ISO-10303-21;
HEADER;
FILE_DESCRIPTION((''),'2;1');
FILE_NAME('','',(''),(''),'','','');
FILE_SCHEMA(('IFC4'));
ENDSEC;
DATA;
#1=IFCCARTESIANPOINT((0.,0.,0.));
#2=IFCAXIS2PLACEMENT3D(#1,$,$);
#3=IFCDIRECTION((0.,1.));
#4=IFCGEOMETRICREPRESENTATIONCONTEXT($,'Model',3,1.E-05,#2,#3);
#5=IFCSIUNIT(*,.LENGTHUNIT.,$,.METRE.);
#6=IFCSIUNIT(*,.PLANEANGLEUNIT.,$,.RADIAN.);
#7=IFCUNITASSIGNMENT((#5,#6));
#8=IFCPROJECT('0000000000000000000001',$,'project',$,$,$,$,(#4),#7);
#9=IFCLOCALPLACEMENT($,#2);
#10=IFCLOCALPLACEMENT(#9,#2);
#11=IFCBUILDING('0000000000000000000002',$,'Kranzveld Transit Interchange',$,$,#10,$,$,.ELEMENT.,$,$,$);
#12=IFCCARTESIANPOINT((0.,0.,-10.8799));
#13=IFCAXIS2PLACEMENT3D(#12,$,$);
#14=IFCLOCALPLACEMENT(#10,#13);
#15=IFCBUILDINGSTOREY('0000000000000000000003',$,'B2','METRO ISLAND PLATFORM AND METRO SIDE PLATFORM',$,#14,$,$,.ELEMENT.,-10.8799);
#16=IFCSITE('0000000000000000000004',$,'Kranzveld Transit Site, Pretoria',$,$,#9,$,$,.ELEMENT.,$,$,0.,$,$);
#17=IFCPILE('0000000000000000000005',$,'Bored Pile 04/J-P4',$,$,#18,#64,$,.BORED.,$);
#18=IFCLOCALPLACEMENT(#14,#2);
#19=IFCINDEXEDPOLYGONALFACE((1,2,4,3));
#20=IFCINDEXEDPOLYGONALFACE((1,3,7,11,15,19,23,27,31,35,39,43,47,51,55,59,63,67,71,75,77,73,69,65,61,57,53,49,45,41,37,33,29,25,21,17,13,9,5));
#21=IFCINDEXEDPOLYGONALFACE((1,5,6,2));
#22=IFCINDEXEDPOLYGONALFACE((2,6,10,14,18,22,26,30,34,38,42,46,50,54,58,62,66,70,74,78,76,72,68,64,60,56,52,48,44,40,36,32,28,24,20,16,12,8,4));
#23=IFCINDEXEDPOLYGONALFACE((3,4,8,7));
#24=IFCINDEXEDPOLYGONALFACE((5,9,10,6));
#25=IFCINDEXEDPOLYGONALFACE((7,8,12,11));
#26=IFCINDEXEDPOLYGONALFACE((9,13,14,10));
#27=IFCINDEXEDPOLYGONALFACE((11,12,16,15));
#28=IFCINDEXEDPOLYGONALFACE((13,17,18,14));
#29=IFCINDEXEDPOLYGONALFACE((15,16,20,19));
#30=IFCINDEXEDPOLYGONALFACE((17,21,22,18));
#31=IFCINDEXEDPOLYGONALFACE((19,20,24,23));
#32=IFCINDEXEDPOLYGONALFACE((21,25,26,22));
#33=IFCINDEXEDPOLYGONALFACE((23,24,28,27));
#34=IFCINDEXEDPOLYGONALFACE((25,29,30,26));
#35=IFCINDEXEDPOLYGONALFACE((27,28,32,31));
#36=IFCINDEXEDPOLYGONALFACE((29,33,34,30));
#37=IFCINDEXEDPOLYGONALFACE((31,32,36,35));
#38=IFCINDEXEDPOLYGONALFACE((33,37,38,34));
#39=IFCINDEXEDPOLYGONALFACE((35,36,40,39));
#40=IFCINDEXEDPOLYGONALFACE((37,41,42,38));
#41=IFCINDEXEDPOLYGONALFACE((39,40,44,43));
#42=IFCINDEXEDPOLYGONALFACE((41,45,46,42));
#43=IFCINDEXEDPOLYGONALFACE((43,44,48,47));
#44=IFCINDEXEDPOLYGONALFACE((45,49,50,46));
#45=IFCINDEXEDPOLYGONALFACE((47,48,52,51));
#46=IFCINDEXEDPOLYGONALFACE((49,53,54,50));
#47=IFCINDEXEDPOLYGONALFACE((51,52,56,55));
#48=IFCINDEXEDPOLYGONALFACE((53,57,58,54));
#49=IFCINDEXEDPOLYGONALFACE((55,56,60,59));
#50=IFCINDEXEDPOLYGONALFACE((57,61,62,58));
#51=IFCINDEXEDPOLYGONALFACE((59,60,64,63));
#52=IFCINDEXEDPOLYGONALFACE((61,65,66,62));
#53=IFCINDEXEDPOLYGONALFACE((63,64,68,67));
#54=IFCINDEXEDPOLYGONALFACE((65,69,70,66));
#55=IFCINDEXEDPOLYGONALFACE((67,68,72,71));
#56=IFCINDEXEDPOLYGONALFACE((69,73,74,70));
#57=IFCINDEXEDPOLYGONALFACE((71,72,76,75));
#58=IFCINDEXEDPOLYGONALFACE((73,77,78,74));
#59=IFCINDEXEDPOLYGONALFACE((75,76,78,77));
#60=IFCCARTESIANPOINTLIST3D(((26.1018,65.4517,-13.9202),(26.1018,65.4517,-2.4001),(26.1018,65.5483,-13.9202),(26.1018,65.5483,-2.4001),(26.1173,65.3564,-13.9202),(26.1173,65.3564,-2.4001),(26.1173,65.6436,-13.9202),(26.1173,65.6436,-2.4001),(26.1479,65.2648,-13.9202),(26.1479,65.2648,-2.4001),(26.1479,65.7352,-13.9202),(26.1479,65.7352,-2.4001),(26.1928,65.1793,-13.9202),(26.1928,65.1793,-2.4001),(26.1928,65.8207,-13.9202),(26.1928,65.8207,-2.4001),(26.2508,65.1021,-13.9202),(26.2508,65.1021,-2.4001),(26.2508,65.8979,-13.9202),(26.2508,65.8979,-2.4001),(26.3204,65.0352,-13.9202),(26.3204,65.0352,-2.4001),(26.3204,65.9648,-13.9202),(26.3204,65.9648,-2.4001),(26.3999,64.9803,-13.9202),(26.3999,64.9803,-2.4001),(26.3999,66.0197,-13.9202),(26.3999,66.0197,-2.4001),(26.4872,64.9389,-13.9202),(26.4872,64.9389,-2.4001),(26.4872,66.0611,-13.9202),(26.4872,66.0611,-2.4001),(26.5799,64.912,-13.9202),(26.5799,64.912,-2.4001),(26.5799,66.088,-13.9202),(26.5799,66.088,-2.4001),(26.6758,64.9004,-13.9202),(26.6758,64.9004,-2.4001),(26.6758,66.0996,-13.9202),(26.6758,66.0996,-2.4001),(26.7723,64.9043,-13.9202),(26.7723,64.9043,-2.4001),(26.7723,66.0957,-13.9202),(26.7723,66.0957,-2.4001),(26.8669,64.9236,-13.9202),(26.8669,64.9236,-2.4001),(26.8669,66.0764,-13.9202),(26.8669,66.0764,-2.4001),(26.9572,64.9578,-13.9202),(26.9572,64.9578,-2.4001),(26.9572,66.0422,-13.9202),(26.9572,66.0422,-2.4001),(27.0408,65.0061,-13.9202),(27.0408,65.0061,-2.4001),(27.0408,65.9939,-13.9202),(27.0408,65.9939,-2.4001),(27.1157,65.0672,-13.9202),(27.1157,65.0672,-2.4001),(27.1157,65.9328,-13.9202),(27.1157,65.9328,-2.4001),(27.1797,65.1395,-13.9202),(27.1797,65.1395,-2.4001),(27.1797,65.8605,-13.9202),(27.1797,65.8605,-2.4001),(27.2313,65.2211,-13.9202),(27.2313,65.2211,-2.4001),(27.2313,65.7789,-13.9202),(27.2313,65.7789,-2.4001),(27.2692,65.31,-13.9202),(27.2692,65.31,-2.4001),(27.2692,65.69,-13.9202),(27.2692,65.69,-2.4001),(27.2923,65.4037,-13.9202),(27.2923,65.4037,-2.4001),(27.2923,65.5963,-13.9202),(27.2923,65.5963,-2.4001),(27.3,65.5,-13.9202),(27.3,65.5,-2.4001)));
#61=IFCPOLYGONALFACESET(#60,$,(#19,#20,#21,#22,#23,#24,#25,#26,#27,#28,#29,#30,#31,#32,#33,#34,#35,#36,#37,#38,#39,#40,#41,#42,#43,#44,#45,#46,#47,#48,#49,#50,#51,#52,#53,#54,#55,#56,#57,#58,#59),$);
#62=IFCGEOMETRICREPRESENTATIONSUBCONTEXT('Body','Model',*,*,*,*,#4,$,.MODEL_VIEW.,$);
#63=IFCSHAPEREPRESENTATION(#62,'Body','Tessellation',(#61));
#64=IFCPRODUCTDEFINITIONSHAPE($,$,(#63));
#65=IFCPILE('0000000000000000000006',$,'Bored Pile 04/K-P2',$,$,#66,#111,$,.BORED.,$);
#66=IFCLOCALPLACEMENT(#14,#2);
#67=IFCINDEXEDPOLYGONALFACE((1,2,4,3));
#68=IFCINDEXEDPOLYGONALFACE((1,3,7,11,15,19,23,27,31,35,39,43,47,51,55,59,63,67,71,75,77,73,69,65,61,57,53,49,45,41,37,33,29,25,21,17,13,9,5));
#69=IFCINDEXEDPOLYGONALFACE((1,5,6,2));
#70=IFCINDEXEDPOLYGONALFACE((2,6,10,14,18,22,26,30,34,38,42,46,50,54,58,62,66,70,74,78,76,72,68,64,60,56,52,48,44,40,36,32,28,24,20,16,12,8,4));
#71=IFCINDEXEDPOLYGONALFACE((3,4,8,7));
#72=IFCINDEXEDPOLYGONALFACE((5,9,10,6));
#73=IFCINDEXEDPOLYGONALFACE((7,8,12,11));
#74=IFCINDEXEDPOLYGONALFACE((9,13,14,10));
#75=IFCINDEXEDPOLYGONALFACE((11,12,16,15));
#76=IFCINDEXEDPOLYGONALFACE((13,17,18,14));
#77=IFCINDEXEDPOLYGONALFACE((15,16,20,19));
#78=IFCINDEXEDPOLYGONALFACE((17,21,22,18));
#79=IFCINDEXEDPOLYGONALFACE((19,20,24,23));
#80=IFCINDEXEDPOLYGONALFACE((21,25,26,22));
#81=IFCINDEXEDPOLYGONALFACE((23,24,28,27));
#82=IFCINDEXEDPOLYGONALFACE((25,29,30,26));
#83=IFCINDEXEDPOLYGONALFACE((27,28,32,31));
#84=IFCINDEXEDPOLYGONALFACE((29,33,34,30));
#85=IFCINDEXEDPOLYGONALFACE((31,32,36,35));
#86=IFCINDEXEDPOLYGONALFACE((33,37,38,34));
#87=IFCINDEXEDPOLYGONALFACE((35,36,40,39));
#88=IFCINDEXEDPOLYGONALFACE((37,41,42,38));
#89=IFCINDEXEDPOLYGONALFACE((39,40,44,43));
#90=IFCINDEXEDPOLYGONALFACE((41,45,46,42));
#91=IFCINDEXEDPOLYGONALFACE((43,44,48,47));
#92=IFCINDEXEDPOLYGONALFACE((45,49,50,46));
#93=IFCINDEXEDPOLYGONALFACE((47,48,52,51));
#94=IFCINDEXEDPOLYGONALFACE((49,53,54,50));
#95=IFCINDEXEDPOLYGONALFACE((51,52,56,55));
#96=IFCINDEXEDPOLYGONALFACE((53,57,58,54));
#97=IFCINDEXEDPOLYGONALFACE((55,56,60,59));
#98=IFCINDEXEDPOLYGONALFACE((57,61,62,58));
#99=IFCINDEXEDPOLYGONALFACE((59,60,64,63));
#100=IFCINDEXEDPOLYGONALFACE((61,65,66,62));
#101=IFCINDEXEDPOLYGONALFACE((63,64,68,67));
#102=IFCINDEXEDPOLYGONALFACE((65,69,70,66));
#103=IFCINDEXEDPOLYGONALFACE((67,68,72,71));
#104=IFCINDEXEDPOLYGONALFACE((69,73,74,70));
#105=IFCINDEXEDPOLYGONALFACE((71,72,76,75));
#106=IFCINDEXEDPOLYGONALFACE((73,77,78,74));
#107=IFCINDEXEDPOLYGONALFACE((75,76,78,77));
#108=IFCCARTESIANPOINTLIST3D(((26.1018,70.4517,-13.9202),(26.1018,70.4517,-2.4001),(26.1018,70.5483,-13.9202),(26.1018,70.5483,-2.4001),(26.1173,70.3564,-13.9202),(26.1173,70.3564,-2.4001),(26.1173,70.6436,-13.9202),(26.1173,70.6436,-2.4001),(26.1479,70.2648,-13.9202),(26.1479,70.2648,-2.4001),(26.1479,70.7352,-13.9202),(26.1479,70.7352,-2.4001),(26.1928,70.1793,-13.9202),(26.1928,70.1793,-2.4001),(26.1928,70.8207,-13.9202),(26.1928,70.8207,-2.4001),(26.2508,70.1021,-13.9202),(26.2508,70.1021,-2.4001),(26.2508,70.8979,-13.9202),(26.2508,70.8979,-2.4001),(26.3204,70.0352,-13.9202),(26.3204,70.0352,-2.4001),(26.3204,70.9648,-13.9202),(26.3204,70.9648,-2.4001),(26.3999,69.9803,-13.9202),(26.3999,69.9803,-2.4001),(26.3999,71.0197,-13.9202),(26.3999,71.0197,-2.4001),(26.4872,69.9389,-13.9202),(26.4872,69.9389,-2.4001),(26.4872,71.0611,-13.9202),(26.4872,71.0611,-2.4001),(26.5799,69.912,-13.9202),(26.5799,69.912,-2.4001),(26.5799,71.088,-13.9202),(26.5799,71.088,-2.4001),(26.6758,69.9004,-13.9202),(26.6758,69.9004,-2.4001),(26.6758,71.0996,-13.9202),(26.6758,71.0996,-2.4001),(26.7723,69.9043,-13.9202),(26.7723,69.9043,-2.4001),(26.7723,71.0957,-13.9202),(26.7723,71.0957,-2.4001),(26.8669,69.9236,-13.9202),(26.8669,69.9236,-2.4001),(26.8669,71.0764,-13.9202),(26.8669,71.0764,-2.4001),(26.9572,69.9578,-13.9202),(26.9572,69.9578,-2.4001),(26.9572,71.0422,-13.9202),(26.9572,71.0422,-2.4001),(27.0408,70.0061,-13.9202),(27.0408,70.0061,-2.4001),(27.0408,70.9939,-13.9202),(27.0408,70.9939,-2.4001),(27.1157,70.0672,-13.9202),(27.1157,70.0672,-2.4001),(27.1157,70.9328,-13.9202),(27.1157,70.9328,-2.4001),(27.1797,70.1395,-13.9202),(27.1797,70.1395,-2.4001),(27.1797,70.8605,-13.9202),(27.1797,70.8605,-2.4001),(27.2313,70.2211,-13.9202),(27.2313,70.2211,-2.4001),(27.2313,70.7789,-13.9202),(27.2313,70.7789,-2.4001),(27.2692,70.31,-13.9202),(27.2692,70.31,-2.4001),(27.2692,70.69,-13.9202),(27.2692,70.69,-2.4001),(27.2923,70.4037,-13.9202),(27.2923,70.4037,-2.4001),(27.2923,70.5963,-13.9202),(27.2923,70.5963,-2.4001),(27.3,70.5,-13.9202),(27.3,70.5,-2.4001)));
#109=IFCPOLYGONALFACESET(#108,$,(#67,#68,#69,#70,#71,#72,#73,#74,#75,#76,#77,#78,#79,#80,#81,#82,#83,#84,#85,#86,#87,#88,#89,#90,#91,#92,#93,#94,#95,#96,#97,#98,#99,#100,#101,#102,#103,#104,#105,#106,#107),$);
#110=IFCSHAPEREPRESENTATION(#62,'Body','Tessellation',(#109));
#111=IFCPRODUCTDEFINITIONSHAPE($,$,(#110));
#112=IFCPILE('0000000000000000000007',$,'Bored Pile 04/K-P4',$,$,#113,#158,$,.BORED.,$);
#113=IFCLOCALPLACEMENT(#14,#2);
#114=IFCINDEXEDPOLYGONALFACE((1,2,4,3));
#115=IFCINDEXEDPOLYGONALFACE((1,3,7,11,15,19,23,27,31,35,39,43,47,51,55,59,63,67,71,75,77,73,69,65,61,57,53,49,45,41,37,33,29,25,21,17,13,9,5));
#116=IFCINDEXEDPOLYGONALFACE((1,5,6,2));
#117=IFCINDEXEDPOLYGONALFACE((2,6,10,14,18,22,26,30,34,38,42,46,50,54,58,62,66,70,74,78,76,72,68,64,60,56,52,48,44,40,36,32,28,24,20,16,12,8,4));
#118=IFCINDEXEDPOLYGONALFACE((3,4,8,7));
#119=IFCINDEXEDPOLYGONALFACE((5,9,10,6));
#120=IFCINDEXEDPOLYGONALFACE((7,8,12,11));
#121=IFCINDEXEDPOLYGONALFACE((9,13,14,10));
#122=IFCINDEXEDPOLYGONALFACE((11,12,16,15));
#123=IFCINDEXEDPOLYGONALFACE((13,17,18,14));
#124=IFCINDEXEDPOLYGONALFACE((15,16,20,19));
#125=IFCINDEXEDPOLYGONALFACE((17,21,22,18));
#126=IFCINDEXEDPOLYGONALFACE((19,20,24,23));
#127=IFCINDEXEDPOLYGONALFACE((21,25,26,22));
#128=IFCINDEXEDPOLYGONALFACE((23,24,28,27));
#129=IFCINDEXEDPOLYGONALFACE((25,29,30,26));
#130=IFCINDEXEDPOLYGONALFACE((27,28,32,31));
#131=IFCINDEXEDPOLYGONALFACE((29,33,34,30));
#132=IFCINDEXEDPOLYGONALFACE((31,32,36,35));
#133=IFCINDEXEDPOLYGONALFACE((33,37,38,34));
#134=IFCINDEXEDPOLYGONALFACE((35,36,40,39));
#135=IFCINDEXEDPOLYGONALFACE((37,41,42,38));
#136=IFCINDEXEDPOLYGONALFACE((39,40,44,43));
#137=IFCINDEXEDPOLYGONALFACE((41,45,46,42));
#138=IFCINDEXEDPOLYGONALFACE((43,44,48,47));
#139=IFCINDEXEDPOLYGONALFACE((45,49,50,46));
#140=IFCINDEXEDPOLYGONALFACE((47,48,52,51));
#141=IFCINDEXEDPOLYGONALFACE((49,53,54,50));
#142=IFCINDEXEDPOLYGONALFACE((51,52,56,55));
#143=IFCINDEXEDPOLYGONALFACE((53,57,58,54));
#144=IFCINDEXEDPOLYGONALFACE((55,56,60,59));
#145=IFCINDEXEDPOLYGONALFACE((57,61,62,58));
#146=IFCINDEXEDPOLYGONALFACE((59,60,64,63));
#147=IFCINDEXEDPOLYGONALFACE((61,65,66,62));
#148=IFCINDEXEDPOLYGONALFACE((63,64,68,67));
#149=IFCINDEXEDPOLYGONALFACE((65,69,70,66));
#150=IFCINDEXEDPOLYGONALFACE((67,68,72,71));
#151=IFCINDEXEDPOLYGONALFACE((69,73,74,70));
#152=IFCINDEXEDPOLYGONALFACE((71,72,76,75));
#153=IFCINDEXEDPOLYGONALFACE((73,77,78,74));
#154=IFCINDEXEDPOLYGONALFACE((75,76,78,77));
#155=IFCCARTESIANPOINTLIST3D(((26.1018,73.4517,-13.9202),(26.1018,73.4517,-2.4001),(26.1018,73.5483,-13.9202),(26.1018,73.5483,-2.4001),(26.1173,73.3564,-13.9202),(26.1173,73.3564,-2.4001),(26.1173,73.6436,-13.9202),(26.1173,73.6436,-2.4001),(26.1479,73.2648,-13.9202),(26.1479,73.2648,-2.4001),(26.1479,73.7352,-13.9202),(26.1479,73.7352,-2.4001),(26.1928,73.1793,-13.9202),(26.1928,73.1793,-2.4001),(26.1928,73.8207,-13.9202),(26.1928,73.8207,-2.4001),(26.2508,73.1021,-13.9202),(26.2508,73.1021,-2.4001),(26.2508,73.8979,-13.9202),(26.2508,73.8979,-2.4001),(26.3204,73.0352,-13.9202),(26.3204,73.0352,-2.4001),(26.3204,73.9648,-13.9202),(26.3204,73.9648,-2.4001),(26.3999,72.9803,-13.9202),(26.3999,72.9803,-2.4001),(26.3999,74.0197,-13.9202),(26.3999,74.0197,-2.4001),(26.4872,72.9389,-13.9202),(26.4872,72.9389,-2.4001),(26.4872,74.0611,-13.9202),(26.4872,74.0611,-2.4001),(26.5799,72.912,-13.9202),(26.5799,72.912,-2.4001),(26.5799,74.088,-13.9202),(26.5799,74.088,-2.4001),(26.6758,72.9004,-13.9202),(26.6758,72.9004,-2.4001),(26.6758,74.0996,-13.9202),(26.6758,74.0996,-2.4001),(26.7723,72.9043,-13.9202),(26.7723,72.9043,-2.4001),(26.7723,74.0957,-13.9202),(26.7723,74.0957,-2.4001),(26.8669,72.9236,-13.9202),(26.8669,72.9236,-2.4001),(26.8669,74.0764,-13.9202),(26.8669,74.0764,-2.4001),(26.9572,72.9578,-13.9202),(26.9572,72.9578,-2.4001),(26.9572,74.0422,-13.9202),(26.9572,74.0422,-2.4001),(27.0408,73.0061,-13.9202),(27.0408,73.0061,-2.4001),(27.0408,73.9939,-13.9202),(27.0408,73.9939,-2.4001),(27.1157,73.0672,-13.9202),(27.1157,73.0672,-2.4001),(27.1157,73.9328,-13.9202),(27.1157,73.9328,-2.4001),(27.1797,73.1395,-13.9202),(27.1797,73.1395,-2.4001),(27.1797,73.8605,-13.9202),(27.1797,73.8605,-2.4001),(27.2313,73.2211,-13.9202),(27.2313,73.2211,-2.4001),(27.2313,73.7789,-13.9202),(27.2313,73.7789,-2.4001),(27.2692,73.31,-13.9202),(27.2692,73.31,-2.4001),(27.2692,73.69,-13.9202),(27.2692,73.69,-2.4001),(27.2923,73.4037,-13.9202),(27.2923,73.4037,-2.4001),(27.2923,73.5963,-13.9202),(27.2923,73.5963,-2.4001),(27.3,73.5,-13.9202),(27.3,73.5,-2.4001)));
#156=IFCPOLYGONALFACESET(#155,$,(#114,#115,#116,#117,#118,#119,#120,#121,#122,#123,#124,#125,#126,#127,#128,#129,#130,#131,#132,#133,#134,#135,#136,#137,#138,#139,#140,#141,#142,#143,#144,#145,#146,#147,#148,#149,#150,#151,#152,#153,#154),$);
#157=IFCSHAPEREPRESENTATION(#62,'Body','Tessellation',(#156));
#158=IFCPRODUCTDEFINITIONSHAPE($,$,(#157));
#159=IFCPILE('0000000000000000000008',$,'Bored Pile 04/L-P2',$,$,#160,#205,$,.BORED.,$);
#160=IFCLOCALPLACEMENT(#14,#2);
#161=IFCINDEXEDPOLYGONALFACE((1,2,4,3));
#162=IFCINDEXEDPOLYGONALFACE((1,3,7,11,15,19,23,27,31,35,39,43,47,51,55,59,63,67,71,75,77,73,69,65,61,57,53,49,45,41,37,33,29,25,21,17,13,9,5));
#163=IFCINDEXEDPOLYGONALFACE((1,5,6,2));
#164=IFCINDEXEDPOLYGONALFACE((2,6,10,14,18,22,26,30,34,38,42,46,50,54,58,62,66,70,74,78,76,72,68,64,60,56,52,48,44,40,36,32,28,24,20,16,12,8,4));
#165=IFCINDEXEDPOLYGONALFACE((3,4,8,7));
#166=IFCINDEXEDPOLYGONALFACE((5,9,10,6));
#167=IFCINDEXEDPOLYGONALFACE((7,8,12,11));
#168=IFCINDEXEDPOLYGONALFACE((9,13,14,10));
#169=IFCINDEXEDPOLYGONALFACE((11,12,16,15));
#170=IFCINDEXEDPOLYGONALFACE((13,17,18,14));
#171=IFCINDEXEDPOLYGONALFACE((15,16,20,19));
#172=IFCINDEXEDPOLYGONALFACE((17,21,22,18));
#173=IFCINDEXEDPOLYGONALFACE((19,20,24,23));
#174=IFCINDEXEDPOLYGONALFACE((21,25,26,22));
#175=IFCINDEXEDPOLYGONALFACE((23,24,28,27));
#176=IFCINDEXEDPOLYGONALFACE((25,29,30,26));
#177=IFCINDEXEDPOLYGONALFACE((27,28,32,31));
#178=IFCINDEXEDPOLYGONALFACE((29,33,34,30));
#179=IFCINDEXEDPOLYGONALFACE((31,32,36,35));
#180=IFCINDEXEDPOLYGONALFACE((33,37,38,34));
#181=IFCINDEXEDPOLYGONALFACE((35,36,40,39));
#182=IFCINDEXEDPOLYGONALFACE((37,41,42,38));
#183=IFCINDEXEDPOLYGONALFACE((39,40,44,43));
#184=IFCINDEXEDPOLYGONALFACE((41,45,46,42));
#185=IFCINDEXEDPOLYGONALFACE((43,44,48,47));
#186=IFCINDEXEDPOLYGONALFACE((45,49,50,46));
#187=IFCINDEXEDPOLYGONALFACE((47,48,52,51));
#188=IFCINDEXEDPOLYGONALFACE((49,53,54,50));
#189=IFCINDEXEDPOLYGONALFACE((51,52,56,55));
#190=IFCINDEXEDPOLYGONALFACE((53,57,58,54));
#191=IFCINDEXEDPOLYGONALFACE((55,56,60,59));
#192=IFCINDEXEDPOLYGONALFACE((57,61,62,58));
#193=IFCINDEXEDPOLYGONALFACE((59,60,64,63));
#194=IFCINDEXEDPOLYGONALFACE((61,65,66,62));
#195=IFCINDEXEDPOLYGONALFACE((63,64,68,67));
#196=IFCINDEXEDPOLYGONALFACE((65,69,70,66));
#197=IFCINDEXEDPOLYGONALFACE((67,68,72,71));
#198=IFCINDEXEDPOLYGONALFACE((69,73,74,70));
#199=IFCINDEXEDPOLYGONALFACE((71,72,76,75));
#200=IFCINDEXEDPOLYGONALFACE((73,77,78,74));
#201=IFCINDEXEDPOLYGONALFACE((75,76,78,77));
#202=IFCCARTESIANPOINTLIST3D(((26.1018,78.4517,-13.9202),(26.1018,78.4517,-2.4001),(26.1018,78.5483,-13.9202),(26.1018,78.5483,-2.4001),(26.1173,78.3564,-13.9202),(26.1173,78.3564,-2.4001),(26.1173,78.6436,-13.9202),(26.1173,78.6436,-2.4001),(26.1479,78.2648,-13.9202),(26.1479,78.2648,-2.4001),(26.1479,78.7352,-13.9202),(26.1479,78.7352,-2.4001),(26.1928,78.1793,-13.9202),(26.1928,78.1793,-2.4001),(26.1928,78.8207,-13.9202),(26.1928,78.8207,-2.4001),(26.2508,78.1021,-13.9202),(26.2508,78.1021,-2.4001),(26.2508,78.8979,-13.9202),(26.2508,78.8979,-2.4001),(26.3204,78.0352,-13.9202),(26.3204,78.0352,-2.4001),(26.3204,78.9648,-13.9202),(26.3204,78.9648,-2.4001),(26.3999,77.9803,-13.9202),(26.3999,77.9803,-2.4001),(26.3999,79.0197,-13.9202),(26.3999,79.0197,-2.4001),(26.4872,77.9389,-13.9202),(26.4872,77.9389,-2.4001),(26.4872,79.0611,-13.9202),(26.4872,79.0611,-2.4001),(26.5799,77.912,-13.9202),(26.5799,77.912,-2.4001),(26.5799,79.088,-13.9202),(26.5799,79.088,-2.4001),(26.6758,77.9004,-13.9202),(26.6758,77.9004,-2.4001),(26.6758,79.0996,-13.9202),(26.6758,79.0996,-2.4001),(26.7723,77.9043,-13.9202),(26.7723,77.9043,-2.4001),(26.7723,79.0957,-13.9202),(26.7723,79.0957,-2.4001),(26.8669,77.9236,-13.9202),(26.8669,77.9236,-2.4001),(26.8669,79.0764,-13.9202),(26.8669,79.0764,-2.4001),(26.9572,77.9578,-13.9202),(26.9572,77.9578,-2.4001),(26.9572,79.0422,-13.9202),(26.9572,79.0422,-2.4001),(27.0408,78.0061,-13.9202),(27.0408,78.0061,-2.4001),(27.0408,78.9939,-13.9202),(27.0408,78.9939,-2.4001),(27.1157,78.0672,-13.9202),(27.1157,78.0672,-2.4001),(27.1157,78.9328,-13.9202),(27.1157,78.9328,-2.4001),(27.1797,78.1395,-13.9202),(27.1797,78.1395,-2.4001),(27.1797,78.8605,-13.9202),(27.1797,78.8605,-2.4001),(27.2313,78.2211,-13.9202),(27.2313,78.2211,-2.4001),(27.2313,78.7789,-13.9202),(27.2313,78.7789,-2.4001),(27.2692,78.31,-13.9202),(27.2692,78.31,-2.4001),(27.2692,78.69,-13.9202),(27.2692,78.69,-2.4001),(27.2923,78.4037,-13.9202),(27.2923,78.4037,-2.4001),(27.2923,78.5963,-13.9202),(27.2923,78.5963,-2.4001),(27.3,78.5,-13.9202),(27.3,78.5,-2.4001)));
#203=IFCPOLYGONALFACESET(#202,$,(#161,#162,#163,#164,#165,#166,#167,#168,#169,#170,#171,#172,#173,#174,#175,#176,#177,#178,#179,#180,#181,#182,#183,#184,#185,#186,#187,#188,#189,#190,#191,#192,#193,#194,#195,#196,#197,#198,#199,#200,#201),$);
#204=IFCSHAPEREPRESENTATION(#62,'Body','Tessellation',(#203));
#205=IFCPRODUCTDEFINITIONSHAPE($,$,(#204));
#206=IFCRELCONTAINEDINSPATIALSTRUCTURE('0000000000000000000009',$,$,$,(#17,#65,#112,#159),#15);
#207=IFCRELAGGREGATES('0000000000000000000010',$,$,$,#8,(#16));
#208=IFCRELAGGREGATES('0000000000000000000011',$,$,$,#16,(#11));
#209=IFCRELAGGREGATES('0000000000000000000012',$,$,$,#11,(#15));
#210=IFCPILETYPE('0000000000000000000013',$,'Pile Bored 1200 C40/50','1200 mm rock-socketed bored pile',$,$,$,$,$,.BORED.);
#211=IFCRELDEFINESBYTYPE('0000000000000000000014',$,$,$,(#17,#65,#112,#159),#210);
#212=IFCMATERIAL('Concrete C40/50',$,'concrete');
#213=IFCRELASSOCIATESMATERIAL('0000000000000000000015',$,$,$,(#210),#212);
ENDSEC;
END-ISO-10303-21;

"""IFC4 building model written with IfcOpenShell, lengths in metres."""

from ifc_helpers import new_model, si_unit, direction, frame, origin, origin_2d, place, context, subcontext, project, spatial, circle, extrude, material, material_profile, profile_set, type_object, element, save


model = new_model("IFC4")

# Units and contexts
model_context = context("Model", 3, precision=1e-05, world=origin(), true_north=direction((0.0, 1.0)))
body_context = subcontext(model_context, "Body", "Model", "MODEL_VIEW")
ifc_project = project(units=[si_unit("LENGTHUNIT", "METRE"), si_unit("PLANEANGLEUNIT", "RADIAN")], contexts=[model_context])

# Site, building, storey
site_placement = place(None, origin())
site = spatial("IfcSite", under=ifc_project, at=site_placement, Name="Kranzveld Transit Site, Pretoria", CompositionType="ELEMENT", RefElevation=0.0)
building_placement = place(site_placement, origin())
building = spatial("IfcBuilding", under=site, at=building_placement, Name="Kranzveld Transit Interchange", CompositionType="ELEMENT")
storey_placement = place(building_placement, frame((0.0, 0.0, -10.8799)))
storey = spatial("IfcBuildingStorey", under=building, at=storey_placement, Name="B2", Description="METRO ISLAND PLATFORM AND METRO SIDE PLATFORM", CompositionType="ELEMENT", Elevation=-10.8799)

# Piles
ifc_material_1 = material(Name="Concrete C40/50", Category="concrete")
ifc_material_profile_1 = material_profile(ifc_material_1, circle(Radius=0.6001, at=origin_2d()), Name="BORED PILE 1200")
ifc_profile_set_1 = profile_set([ifc_material_profile_1], Name="Concrete C40/50")
pile_type_1 = type_object("IfcPileType", Name="Pile Bored 1200 C40/50", Description="1200 mm rock-socketed bored pile", PredefinedType="BORED", material=ifc_profile_set_1)
for number, where, z_axis, x_axis, name in (
    (1, (26.7, 65.5, -2.4001), (0.0, 0.0, -1.0), (1.0, 0.0, 0.0), "Bored Pile 04/J-P4"),
    (2, (26.7, 70.5, -2.4001), (0.0, 0.0, -1.0), (1.0, 0.0, 0.0), "Bored Pile 04/K-P2"),
    (3, (26.7, 73.5, -2.4001), (0.0, 0.0, -1.0), (1.0, 0.0, 0.0), "Bored Pile 04/K-P4"),
    (4, (26.7, 78.5, -2.4001), (0.0, 0.0, -1.0), (1.0, 0.0, 0.0), "Bored Pile 04/L-P2"),
):
    element("IfcPile", number, at=place(storey_placement, frame(where, z_axis=z_axis, x_axis=x_axis)), inside=storey, type_object=pile_type_1, Name=name, PredefinedType="BORED", context=body_context, shape_type="SweptSolid", body=[
        extrude(circle(Radius=0.6001, at=origin_2d()), origin(), (0.0, 0.0, 1.0), 11.52),
    ])

save(model, "model.ifc")
